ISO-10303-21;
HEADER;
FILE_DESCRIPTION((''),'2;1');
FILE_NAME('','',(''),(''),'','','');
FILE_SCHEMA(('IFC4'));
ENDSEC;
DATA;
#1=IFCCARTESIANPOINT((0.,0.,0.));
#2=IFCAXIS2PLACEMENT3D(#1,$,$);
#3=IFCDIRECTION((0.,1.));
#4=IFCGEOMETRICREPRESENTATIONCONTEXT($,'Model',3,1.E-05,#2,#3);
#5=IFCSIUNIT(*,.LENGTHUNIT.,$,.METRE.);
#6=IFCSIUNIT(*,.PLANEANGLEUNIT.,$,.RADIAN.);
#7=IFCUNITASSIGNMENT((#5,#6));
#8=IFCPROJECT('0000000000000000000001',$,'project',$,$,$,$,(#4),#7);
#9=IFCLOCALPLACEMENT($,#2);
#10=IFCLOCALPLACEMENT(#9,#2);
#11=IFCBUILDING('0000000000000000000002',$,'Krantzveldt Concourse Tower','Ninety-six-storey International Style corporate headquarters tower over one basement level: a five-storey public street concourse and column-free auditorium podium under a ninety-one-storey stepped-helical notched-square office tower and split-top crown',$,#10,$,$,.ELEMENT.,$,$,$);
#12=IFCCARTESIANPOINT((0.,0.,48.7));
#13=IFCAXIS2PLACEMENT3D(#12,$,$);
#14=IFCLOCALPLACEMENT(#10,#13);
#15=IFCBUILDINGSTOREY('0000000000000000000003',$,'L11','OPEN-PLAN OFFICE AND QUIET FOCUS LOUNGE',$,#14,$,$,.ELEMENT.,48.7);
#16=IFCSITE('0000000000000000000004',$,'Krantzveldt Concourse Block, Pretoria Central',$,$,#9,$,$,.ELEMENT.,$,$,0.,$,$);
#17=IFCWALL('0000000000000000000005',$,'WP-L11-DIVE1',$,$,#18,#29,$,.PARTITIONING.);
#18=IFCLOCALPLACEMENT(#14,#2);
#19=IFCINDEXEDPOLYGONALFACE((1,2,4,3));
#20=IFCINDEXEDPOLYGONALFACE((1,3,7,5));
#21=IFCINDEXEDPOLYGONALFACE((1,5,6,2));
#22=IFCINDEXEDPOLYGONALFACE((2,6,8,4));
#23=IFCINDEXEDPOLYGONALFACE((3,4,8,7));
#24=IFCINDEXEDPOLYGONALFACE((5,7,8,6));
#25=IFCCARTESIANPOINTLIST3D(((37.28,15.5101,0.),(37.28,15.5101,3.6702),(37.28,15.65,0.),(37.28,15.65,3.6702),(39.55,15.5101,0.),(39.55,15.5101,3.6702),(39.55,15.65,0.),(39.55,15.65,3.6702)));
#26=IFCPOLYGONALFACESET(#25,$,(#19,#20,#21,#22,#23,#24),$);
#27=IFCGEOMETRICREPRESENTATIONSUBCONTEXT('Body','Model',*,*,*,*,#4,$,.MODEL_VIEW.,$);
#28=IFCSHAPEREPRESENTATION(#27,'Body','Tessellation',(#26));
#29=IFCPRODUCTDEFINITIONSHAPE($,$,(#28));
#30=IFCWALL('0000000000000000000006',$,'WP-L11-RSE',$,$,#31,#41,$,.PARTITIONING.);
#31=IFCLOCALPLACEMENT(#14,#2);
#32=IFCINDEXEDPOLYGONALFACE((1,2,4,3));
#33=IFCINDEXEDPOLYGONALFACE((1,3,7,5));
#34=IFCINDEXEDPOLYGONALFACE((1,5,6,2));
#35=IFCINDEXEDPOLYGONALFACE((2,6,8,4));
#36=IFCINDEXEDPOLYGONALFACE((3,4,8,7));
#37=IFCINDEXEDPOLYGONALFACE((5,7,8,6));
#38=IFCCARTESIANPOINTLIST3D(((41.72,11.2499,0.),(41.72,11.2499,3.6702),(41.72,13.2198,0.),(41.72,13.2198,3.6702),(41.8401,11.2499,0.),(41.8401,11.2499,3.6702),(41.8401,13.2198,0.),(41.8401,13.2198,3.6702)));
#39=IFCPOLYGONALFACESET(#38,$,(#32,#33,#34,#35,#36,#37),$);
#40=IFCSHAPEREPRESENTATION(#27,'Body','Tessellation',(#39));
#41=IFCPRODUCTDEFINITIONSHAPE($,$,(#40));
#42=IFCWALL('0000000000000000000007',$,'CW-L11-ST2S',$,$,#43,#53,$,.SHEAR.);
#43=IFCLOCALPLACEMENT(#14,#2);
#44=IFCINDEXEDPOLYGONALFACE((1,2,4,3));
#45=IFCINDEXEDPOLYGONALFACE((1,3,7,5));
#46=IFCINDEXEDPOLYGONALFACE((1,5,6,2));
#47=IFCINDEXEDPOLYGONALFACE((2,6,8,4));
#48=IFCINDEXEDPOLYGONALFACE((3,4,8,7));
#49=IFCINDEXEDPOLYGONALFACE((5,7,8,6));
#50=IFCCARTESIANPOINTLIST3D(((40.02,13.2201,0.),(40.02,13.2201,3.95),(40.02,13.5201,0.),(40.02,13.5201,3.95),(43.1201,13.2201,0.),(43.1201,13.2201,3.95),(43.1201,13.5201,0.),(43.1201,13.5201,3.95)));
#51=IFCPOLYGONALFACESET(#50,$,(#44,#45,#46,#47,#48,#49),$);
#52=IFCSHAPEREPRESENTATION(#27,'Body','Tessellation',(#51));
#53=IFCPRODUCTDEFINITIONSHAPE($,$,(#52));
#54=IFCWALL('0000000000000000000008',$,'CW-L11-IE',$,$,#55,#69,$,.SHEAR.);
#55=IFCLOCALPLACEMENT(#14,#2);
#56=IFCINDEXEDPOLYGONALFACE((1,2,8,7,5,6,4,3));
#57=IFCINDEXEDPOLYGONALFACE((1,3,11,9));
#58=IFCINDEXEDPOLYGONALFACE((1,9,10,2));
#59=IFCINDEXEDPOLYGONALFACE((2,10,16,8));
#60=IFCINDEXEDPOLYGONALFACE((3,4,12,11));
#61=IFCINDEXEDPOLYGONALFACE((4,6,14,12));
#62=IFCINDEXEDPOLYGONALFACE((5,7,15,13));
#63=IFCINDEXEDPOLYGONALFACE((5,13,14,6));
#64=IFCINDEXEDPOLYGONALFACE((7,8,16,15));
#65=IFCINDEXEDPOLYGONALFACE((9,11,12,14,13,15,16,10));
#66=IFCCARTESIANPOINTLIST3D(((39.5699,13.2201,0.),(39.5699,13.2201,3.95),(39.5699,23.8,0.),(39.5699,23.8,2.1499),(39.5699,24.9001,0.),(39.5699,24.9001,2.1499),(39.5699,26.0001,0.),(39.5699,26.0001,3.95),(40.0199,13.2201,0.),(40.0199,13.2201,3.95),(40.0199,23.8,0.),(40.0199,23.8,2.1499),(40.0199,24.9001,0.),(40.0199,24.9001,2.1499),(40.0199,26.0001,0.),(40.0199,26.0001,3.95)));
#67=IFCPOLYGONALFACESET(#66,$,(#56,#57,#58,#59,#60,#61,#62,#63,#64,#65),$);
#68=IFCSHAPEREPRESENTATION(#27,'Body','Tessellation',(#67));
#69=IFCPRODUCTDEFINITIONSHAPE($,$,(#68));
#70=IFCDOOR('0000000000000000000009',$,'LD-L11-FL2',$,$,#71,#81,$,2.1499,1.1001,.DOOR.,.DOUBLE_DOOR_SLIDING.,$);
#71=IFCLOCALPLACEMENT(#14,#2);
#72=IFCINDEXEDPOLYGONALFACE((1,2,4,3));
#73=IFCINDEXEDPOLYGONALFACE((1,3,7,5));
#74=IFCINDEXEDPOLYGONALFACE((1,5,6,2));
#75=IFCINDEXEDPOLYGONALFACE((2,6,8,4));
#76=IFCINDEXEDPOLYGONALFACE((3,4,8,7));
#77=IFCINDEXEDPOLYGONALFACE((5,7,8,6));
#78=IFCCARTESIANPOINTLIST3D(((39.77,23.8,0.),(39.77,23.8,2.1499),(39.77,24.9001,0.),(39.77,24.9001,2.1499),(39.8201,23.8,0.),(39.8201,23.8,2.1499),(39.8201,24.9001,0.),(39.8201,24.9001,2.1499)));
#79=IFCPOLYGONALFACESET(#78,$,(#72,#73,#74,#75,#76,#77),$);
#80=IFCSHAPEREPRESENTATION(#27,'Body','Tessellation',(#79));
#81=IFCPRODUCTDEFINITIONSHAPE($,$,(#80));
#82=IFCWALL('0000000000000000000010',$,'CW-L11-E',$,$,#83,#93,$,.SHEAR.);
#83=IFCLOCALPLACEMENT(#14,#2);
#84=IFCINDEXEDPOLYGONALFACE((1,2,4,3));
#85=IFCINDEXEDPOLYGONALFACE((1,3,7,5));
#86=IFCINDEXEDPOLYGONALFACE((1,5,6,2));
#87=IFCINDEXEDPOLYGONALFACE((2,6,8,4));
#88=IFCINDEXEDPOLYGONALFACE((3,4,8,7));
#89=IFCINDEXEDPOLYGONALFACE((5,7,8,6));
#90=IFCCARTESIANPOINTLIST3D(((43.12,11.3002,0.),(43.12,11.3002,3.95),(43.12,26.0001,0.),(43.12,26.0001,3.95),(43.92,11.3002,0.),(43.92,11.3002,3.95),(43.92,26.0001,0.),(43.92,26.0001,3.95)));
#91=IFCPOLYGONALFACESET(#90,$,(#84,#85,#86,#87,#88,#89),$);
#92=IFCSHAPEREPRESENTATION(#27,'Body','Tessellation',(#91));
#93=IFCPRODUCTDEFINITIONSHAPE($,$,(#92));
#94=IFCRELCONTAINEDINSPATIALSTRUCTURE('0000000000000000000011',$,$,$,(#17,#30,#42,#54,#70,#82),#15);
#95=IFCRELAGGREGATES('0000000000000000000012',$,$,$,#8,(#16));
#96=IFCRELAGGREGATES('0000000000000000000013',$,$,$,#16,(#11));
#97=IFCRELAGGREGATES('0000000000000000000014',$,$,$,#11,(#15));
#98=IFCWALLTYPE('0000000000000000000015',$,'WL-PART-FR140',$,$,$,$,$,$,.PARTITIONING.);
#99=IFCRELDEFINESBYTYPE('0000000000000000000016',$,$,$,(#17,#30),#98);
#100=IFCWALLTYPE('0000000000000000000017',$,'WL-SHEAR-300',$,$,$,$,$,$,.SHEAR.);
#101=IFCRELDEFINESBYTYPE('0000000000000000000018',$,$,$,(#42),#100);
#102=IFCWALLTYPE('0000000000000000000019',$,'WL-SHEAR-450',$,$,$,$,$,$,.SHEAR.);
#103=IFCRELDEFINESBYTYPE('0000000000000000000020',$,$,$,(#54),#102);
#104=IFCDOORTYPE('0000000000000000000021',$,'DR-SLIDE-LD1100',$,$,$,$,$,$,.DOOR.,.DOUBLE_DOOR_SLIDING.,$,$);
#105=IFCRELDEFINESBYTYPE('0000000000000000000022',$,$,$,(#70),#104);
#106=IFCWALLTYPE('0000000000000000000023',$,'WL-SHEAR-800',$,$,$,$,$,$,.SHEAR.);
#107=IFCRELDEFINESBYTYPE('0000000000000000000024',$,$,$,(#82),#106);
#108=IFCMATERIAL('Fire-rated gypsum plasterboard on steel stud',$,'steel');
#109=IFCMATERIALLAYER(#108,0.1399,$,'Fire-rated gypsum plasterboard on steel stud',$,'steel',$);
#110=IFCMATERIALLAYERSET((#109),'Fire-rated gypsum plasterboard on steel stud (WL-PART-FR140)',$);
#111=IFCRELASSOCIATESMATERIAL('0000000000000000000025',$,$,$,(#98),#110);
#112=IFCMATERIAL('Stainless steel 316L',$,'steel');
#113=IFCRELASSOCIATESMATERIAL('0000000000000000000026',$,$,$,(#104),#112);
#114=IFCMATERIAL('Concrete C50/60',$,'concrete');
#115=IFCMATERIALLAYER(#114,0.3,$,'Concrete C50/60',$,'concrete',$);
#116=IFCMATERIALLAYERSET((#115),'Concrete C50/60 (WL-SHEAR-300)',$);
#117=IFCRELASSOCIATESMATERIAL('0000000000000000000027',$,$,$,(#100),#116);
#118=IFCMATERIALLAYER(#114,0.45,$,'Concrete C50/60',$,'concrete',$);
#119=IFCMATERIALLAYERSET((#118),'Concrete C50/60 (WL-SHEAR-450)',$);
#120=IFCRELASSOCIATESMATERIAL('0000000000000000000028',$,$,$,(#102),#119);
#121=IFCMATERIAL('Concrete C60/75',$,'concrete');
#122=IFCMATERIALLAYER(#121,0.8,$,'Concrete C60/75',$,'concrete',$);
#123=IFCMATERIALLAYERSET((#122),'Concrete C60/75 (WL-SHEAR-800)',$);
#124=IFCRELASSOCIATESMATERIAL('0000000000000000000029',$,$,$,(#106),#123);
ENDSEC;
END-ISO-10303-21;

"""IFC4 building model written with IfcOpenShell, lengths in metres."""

from ifc_helpers import new_model, si_unit, direction, frame, frame_2d, origin, place, context, subcontext, project, spatial, rectangle, extrude, material, layer, layer_set, type_object, element, fill, save


model = new_model("IFC4")

# Units and contexts
model_context = context("Model", 3, precision=1e-05, world=origin(), true_north=direction((0.0, 1.0)))
body_context = subcontext(model_context, "Body", "Model", "MODEL_VIEW")
ifc_project = project(units=[si_unit("LENGTHUNIT", "METRE"), si_unit("PLANEANGLEUNIT", "RADIAN")], contexts=[model_context])

# Site, building, storey
site_placement = place(None, origin())
site = spatial("IfcSite", under=ifc_project, at=site_placement, Name="Krantzveldt Concourse Block, Pretoria Central", CompositionType="ELEMENT", RefElevation=0.0)
building_placement = place(site_placement, origin())
building = spatial("IfcBuilding", under=site, at=building_placement, Name="Krantzveldt Concourse Tower", Description="Ninety-six-storey International Style corporate headquarters tower over one basement level: a five-storey public street concourse and column-free auditorium podium under a ninety-one-storey stepped-helical notched-square office tower and split-top crown", CompositionType="ELEMENT")
storey_placement = place(building_placement, frame((0.0, 0.0, 48.7)))
storey = spatial("IfcBuildingStorey", under=building, at=storey_placement, Name="L11", Description="OPEN-PLAN OFFICE AND QUIET FOCUS LOUNGE", CompositionType="ELEMENT", Elevation=48.7)

# Shared definitions
ifc_material_1 = material(Name="Fire-rated gypsum plasterboard on steel stud", Category="steel")
ifc_layer_1 = layer(ifc_material_1, 0.1399, Name="Fire-rated gypsum plasterboard on steel stud", Category="steel")
ifc_layer_set_1 = layer_set([ifc_layer_1], Name="Fire-rated gypsum plasterboard on steel stud (WL-PART-FR140)")
wall_type_1 = type_object("IfcWallType", Name="WL-PART-FR140", PredefinedType="PARTITIONING", material=ifc_layer_set_1)
ifc_material_2 = material(Name="Stainless steel 316L", Category="steel")
door_type = type_object("IfcDoorType", Name="DR-SLIDE-LD1100", OperationType="DOUBLE_DOOR_SLIDING", PredefinedType="DOOR", material=ifc_material_2)

# Walls
wall_1_placement = place(storey_placement, frame((37.28, 15.5801, 0.0), z_axis=(0.0, 0.0, 1.0), x_axis=(1.0, 0.0, 0.0)))
element("IfcWall", 1, at=wall_1_placement, inside=storey, type_object=wall_type_1, Name="WP-L11-DIVE1", PredefinedType="PARTITIONING", context=body_context, shape_type="SweptSolid", body=[
    extrude(rectangle(XDim=2.27, YDim=0.1399, at=frame_2d((1.135, 0.0))), origin(), (0.0, 0.0, 1.0), 3.6702),
])
wall_2_placement = place(storey_placement, frame((41.78, 11.25, 0.0), z_axis=(0.0, 0.0, 1.0), x_axis=(0.0, 1.0, 0.0)))
element("IfcWall", 2, at=wall_2_placement, inside=storey, type_object=wall_type_1, Name="WP-L11-RSE", PredefinedType="PARTITIONING", context=body_context, shape_type="SweptSolid", body=[
    extrude(rectangle(XDim=1.97, YDim=0.1201, at=frame_2d((0.9849, 0.0))), origin(), (0.0, 0.0, 1.0), 3.6702),
])
ifc_material_3 = material(Name="Concrete C50/60", Category="concrete")
ifc_layer_2 = layer(ifc_material_3, 0.3, Name="Concrete C50/60", Category="concrete")
ifc_layer_set_2 = layer_set([ifc_layer_2], Name="Concrete C50/60 (WL-SHEAR-300)")
wall_type_2 = type_object("IfcWallType", Name="WL-SHEAR-300", PredefinedType="SHEAR", material=ifc_layer_set_2)
wall_3_placement = place(storey_placement, frame((40.02, 13.3701, 0.0), z_axis=(0.0, 0.0, 1.0), x_axis=(1.0, 0.0, 0.0)))
element("IfcWall", 3, at=wall_3_placement, inside=storey, type_object=wall_type_2, Name="CW-L11-ST2S", PredefinedType="SHEAR", context=body_context, shape_type="SweptSolid", body=[
    extrude(rectangle(XDim=3.1001, YDim=0.3, at=frame_2d((1.55, 0.0))), origin(), (0.0, 0.0, 1.0), 3.95),
])

# Wall, opening, door
ifc_layer_3 = layer(ifc_material_3, 0.45, Name="Concrete C50/60", Category="concrete")
ifc_layer_set_3 = layer_set([ifc_layer_3], Name="Concrete C50/60 (WL-SHEAR-450)")
wall_type_3 = type_object("IfcWallType", Name="WL-SHEAR-450", PredefinedType="SHEAR", material=ifc_layer_set_3)
wall_4_placement = place(storey_placement, frame((39.7949, 13.22, 0.0), z_axis=(0.0, 0.0, 1.0), x_axis=(0.0, 1.0, 0.0)))
wall_4 = element("IfcWall", 4, at=wall_4_placement, inside=storey, type_object=wall_type_3, Name="CW-L11-IE", PredefinedType="SHEAR", context=body_context, shape_type="SweptSolid", body=[
    extrude(rectangle(XDim=12.78, YDim=0.45, at=frame_2d((6.3901, 0.0))), origin(), (0.0, 0.0, 1.0), 3.95),
])
opening_1_placement = place(wall_4_placement, frame((10.5801, 0.0, 0.0)))
opening_1 = element("IfcOpeningElement", 5, at=opening_1_placement, cuts=wall_4, PredefinedType="OPENING", context=body_context, shape_type="SweptSolid", body=[
    extrude(rectangle(XDim=1.1001, YDim=2.1499, at=frame_2d((0.55, 1.075))), frame((0.0, 0.2349, 0.0), z_axis=(0.0, -1.0, 0.0), x_axis=(1.0, 0.0, 0.0)), (0.0, 0.0, 1.0), 0.47),
])
door_1_placement = place(opening_1_placement, origin())
door_1 = element("IfcDoor", 6, at=door_1_placement, inside=storey, type_object=door_type, Name="LD-L11-FL2", OperationType="DOUBLE_DOOR_SLIDING", OverallHeight=2.1499, OverallWidth=1.1001, PredefinedType="DOOR", context=body_context, shape_type="SweptSolid", body=[
    extrude(rectangle(XDim=1.1001, YDim=2.1499, at=frame_2d((0.55, 1.075))), frame((0.0, 0.0249, 0.0), z_axis=(0.0, -1.0, 0.0), x_axis=(1.0, 0.0, 0.0)), (0.0, 0.0, 1.0), 0.05),
])
fill(opening_1, door_1)

# Wall
ifc_material_4 = material(Name="Concrete C60/75", Category="concrete")
ifc_layer_4 = layer(ifc_material_4, 0.8, Name="Concrete C60/75", Category="concrete")
ifc_layer_set_4 = layer_set([ifc_layer_4], Name="Concrete C60/75 (WL-SHEAR-800)")
wall_type_4 = type_object("IfcWallType", Name="WL-SHEAR-800", PredefinedType="SHEAR", material=ifc_layer_set_4)
wall_5_placement = place(storey_placement, frame((43.52, 11.3, 0.0), z_axis=(0.0, 0.0, 1.0), x_axis=(0.0, 1.0, 0.0)))
element("IfcWall", 7, at=wall_5_placement, inside=storey, type_object=wall_type_4, Name="CW-L11-E", PredefinedType="SHEAR", context=body_context, shape_type="SweptSolid", body=[
    extrude(rectangle(XDim=14.7, YDim=0.8, at=frame_2d((7.3501, 0.0))), origin(), (0.0, 0.0, 1.0), 3.95),
])

save(model, "model.ifc")
